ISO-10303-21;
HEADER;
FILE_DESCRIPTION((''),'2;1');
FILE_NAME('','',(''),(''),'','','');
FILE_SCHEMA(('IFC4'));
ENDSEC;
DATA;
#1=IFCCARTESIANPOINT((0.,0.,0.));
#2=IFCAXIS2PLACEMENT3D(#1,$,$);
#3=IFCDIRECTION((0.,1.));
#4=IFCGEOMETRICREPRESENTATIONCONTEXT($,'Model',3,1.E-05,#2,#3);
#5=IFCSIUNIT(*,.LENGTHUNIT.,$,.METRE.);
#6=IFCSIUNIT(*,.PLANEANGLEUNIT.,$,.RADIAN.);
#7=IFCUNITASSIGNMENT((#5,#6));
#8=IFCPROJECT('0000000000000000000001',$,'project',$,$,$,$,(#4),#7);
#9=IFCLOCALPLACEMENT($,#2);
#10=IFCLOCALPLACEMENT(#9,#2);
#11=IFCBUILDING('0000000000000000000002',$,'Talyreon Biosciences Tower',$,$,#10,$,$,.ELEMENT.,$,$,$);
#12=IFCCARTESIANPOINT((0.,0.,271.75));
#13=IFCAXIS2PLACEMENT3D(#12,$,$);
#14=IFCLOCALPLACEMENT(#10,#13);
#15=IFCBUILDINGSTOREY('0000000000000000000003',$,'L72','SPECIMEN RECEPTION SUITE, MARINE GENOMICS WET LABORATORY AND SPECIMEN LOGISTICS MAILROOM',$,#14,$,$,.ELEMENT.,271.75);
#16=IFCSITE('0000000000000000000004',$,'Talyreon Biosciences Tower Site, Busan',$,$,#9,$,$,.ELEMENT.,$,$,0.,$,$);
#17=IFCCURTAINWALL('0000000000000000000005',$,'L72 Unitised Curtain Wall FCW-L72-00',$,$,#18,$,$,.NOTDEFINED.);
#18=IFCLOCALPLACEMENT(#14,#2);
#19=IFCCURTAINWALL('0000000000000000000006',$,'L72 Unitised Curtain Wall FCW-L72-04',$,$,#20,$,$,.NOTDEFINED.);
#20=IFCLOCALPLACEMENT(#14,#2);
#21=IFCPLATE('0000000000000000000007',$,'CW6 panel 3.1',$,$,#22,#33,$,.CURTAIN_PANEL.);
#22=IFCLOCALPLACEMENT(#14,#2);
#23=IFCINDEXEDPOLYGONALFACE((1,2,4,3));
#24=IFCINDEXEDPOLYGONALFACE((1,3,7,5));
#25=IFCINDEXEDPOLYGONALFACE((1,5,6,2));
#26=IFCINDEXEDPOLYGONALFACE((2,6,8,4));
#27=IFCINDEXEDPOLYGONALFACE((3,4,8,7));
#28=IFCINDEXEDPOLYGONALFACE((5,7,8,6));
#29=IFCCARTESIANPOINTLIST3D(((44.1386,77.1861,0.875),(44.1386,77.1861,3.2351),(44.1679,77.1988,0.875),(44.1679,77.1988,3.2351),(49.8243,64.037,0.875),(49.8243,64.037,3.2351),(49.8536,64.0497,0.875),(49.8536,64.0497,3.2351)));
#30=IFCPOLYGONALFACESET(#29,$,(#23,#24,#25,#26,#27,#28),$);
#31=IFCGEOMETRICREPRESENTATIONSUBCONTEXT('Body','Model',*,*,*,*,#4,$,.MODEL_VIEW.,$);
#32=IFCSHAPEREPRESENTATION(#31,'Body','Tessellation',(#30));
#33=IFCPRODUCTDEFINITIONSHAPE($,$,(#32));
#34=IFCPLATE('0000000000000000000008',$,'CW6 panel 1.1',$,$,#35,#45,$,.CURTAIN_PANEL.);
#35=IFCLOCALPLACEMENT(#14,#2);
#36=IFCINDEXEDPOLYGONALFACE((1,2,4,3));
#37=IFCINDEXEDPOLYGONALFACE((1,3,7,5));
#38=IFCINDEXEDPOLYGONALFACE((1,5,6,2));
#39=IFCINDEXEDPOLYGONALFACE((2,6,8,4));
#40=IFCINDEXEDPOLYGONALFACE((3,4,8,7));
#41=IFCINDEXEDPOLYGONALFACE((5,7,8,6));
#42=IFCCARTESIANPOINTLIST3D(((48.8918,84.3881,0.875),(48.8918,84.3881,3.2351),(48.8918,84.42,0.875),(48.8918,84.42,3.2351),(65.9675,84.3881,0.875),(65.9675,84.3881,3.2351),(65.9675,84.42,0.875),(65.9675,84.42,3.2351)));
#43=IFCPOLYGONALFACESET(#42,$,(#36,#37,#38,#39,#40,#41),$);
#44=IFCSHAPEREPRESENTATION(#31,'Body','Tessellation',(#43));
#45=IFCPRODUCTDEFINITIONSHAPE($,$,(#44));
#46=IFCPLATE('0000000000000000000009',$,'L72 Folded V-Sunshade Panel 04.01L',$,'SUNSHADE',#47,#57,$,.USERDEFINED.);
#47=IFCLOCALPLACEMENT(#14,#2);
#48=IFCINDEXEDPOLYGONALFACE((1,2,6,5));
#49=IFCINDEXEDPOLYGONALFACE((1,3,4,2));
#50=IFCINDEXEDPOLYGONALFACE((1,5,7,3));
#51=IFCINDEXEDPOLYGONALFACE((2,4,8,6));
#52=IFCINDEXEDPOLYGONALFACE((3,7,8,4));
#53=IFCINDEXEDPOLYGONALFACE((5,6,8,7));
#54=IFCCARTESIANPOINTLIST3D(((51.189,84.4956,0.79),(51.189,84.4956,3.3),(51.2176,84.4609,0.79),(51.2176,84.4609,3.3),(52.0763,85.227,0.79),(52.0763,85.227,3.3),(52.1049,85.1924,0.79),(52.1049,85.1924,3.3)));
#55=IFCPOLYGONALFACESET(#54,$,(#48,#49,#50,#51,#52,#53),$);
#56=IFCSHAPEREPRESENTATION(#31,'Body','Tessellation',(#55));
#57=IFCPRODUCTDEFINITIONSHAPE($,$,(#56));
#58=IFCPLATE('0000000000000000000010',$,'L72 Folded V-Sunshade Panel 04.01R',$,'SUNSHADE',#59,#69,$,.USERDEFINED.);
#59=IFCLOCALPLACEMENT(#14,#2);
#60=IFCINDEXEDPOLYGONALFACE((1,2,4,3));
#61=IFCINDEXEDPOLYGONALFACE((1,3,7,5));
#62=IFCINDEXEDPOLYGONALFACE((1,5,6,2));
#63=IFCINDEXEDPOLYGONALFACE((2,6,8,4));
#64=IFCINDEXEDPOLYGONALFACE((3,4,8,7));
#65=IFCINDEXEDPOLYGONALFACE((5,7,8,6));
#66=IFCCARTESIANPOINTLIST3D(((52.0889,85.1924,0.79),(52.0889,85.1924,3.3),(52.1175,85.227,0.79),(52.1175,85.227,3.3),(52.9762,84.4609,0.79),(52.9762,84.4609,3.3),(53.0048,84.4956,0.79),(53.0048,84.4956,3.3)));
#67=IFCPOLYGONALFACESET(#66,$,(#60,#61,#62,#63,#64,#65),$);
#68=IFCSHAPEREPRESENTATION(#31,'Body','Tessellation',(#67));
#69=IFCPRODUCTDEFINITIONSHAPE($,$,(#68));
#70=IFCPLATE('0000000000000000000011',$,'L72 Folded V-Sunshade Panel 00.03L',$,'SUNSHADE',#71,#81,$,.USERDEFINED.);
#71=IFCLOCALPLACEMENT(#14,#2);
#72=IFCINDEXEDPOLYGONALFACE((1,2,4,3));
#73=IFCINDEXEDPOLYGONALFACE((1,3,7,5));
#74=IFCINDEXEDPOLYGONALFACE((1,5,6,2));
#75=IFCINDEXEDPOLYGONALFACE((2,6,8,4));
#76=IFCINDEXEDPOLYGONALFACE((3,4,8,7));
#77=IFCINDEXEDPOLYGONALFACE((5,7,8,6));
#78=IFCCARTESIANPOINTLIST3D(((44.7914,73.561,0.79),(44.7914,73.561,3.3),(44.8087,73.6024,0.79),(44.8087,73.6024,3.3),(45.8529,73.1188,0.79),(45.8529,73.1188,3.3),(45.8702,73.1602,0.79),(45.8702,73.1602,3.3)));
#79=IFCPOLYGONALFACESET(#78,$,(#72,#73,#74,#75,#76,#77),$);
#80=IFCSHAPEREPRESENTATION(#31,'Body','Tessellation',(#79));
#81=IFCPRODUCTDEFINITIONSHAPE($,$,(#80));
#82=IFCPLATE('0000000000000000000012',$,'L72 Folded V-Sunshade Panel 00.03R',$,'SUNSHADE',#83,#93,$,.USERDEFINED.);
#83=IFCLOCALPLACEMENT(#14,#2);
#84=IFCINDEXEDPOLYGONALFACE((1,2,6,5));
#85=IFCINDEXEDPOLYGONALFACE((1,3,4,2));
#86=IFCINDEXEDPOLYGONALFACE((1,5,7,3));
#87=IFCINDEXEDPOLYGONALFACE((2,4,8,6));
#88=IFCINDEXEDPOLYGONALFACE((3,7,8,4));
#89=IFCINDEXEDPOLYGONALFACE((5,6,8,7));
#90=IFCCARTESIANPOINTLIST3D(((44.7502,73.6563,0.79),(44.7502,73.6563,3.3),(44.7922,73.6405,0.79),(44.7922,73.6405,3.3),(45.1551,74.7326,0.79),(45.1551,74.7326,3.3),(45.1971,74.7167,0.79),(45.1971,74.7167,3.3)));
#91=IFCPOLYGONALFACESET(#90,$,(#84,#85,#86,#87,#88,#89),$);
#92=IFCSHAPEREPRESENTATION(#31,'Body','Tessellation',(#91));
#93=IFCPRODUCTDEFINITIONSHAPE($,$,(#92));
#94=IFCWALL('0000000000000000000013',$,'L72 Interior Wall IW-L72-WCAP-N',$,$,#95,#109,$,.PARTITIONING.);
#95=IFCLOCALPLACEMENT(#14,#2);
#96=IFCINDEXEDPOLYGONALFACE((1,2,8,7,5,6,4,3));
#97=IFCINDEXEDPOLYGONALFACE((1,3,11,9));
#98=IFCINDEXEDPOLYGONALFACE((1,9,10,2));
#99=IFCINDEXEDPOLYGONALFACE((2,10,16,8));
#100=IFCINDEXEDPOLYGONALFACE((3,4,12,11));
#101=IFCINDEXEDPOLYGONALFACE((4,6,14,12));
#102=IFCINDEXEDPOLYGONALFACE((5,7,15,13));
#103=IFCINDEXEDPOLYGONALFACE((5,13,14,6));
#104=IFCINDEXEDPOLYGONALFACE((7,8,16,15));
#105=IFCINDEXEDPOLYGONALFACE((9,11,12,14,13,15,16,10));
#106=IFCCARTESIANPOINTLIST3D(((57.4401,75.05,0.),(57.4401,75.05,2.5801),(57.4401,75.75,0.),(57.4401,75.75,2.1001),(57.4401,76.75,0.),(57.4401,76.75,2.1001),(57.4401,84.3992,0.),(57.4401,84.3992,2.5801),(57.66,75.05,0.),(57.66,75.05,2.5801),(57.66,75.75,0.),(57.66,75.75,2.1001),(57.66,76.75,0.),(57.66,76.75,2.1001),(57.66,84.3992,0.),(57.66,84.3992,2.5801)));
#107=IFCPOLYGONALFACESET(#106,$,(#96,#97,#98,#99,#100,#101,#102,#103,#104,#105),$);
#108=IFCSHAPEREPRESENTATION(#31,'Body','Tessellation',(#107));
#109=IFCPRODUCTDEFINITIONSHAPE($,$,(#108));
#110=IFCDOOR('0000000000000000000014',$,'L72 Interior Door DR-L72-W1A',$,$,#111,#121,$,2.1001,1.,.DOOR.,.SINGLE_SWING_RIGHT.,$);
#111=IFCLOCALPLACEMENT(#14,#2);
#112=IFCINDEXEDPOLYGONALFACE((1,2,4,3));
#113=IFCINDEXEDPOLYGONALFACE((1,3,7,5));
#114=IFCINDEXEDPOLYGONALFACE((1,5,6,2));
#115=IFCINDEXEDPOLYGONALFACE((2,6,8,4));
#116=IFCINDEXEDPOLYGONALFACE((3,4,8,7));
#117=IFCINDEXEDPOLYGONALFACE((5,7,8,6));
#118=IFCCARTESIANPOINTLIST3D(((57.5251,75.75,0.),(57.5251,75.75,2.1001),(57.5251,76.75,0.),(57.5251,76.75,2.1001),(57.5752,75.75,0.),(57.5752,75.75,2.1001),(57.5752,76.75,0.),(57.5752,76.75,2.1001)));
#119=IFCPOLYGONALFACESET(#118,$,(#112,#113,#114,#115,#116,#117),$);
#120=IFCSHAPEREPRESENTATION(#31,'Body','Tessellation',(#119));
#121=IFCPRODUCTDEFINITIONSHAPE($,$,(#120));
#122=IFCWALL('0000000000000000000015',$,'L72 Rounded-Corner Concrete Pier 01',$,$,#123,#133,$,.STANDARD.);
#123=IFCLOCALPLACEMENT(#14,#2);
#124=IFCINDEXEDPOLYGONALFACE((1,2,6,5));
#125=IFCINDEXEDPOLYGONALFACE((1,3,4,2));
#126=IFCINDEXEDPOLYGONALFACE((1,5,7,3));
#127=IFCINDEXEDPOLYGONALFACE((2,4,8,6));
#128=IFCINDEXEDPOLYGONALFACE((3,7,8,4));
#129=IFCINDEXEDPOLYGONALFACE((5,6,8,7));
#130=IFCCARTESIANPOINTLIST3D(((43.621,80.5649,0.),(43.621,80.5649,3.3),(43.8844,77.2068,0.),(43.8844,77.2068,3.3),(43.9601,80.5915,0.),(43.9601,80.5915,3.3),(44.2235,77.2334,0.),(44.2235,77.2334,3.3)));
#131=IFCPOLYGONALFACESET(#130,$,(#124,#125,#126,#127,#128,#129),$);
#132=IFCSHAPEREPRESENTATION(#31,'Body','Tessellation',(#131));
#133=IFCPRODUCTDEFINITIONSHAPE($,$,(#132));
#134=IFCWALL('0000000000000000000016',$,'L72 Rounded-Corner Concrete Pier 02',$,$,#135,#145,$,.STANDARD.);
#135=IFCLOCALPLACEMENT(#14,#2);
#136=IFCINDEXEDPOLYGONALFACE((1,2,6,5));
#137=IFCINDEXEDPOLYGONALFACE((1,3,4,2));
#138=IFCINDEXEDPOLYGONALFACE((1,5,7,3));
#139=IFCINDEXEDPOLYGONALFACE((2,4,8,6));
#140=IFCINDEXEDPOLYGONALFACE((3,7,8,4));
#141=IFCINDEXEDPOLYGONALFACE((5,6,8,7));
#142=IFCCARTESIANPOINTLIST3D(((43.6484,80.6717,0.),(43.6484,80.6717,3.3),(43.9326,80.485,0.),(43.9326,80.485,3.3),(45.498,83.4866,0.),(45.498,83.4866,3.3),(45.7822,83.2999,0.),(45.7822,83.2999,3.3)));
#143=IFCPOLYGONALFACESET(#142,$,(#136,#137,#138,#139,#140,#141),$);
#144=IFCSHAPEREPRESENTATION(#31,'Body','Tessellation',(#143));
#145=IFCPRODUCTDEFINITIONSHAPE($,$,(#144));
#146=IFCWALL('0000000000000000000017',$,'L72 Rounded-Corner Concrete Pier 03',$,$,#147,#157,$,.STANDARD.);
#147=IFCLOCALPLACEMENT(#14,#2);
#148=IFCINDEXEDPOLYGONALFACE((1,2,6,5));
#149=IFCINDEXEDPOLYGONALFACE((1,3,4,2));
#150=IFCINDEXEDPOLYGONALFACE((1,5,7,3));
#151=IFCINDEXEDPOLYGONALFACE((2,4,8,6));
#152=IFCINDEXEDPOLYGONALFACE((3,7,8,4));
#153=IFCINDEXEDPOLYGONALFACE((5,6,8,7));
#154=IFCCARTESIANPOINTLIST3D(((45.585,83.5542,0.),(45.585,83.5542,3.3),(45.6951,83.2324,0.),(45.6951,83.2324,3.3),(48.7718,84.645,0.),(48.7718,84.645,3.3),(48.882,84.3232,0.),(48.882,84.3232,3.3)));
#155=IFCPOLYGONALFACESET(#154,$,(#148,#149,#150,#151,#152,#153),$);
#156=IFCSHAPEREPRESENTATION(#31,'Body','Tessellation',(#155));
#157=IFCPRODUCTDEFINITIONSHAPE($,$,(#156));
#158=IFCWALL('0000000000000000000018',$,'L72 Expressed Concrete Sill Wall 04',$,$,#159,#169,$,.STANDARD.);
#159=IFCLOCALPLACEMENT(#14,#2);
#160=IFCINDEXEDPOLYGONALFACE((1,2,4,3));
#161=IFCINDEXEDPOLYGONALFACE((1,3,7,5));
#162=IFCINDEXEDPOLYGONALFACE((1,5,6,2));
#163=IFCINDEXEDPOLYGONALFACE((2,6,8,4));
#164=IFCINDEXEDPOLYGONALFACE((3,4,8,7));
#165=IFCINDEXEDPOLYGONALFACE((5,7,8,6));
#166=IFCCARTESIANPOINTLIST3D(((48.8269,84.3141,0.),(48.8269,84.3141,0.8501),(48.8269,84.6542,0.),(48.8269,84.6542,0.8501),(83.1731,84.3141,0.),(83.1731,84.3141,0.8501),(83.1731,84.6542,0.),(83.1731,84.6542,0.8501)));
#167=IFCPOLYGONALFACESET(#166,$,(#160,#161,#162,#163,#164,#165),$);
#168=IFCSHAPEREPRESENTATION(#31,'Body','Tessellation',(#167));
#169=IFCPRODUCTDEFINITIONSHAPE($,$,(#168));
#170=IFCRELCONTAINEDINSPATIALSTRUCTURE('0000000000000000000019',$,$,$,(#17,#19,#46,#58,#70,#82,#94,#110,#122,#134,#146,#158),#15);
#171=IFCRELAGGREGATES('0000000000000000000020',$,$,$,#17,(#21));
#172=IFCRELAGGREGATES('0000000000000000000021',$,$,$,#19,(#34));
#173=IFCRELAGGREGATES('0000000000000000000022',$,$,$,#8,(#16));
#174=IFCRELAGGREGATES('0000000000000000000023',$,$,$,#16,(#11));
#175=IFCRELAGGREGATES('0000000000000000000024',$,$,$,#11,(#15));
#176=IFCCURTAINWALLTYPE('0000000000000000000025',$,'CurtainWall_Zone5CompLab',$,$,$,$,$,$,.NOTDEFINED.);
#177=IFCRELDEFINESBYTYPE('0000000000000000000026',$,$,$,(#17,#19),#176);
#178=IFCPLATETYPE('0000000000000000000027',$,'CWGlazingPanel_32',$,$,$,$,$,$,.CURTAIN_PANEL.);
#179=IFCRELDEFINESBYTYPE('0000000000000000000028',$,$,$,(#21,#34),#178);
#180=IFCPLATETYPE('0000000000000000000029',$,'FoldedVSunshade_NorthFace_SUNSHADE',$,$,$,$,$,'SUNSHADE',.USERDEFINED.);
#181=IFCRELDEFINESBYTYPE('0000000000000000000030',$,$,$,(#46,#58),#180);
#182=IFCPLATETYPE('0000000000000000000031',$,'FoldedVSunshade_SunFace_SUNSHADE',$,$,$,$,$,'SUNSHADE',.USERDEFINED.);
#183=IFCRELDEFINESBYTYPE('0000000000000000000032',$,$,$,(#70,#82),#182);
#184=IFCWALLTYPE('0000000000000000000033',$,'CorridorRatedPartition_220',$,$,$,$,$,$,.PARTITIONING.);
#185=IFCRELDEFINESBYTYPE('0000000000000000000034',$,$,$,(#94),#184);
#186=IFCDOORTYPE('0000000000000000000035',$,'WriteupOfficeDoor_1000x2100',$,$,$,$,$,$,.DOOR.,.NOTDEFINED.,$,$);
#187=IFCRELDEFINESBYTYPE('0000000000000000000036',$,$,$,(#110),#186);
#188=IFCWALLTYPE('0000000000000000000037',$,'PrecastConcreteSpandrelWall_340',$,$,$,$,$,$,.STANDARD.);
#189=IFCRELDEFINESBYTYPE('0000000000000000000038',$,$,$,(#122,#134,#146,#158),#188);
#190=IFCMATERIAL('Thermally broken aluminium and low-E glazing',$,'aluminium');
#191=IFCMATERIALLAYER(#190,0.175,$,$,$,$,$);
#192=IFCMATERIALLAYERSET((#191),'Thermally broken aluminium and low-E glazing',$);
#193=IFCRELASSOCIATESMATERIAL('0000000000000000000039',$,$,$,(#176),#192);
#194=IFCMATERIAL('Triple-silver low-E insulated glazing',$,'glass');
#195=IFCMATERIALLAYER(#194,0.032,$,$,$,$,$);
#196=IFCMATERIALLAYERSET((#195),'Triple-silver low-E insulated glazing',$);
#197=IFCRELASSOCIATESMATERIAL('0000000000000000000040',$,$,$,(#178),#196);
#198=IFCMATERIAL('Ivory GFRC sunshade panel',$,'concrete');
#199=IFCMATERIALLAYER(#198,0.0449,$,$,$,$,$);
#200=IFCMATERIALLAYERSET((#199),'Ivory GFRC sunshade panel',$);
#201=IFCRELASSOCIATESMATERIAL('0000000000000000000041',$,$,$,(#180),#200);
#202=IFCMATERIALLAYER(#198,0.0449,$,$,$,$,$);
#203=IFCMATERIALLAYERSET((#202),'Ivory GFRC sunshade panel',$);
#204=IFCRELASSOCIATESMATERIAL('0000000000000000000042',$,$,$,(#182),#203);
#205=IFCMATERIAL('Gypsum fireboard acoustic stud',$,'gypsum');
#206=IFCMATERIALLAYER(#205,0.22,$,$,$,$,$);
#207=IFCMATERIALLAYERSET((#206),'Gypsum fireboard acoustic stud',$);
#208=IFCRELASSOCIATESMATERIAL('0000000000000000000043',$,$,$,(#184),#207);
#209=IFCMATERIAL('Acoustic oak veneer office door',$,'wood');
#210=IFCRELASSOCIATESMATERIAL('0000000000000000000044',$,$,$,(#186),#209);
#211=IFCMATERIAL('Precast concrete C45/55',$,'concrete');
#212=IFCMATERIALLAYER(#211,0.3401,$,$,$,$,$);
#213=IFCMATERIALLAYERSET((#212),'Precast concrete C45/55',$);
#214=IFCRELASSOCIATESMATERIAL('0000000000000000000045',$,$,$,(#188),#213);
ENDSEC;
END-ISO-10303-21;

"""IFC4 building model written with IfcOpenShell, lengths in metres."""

from ifc_helpers import new_model, si_unit, direction, frame, frame_2d, origin, origin_2d, place, context, subcontext, project, spatial, rectangle, extrude, material, layer, layer_set, type_object, element, fill, aggregate, save


model = new_model("IFC4")

# Units and contexts
model_context = context("Model", 3, precision=1e-05, world=origin(), true_north=direction((0.0, 1.0)))
body_context = subcontext(model_context, "Body", "Model", "MODEL_VIEW")
ifc_project = project(units=[si_unit("LENGTHUNIT", "METRE"), si_unit("PLANEANGLEUNIT", "RADIAN")], contexts=[model_context])

# Site, building, storey
site_placement = place(None, origin())
site = spatial("IfcSite", under=ifc_project, at=site_placement, Name="Talyreon Biosciences Tower Site, Busan", CompositionType="ELEMENT", RefElevation=0.0)
building_placement = place(site_placement, origin())
building = spatial("IfcBuilding", under=site, at=building_placement, Name="Talyreon Biosciences Tower", CompositionType="ELEMENT")
storey_placement = place(building_placement, frame((0.0, 0.0, 271.75)))
storey = spatial("IfcBuildingStorey", under=building, at=storey_placement, Name="L72", Description="SPECIMEN RECEPTION SUITE, MARINE GENOMICS WET LABORATORY AND SPECIMEN LOGISTICS MAILROOM", CompositionType="ELEMENT", Elevation=271.75)

# Curtain wall
ifc_material_1 = material(Name="Thermally broken aluminium and low-E glazing", Category="aluminium")
ifc_layer_1 = layer(ifc_material_1, 0.175)
ifc_layer_set_1 = layer_set([ifc_layer_1], Name="Thermally broken aluminium and low-E glazing")
curtain_wall_type = type_object("IfcCurtainWallType", Name="CurtainWall_Zone5CompLab", PredefinedType="NOTDEFINED", material=ifc_layer_set_1)
curtain_wall_1_placement = place(storey_placement, origin())
curtain_wall_1 = element("IfcCurtainWall", 1, at=curtain_wall_1_placement, inside=storey, type_object=curtain_wall_type, Name="L72 Unitised Curtain Wall FCW-L72-00", PredefinedType="NOTDEFINED")

# Curtain wall
curtain_wall_2_placement = place(storey_placement, origin())
curtain_wall_2 = element("IfcCurtainWall", 2, at=curtain_wall_2_placement, inside=storey, type_object=curtain_wall_type, Name="L72 Unitised Curtain Wall FCW-L72-04", PredefinedType="NOTDEFINED")

# Shared definitions
ifc_material_2 = material(Name="Precast concrete C45/55", Category="concrete")

# Plates
ifc_material_3 = material(Name="Triple-silver low-E insulated glazing", Category="glass")
ifc_layer_2 = layer(ifc_material_3, 0.032)
ifc_layer_set_2 = layer_set([ifc_layer_2], Name="Triple-silver low-E insulated glazing")
plate_type_1 = type_object("IfcPlateType", Name="CWGlazingPanel_32", PredefinedType="CURTAIN_PANEL", material=ifc_layer_set_2)
plate_1_placement = place(storey_placement, frame((46.9961, 70.6179, 0.875), z_axis=(0.0, 0.0, 1.0), x_axis=(-0.396887, 0.917868, 0.0)))
plate_1 = element("IfcPlate", 3, at=plate_1_placement, type_object=plate_type_1, Name="CW6 panel 3.1", PredefinedType="CURTAIN_PANEL", context=body_context, shape_type="SweptSolid", body=[
    extrude(rectangle(XDim=14.3257, YDim=0.032, at=origin_2d()), origin(), (0.0, 0.0, 1.0), 2.3601),
])
aggregate(curtain_wall_1, [plate_1])
plate_2_placement = place(storey_placement, frame((57.4297, 84.4041, 0.875), z_axis=(0.0, 0.0, 1.0), x_axis=(1.0, 0.0, 0.0)))
plate_2 = element("IfcPlate", 4, at=plate_2_placement, type_object=plate_type_1, Name="CW6 panel 1.1", PredefinedType="CURTAIN_PANEL", context=body_context, shape_type="SweptSolid", body=[
    extrude(rectangle(XDim=17.0757, YDim=0.032, at=origin_2d()), origin(), (0.0, 0.0, 1.0), 2.3601),
])
aggregate(curtain_wall_2, [plate_2])

# Plates
ifc_material_4 = material(Name="Ivory GFRC sunshade panel", Category="concrete")
ifc_layer_3 = layer(ifc_material_4, 0.0449)
ifc_layer_set_3 = layer_set([ifc_layer_3], Name="Ivory GFRC sunshade panel")
plate_type_2 = type_object("IfcPlateType", Name="FoldedVSunshade_NorthFace_SUNSHADE", ElementType="SUNSHADE", PredefinedType="USERDEFINED", material=ifc_layer_set_3)
for number, where, z_axis, x_axis, name in (
    (5, (51.647, 84.844, 0.79), (0.0, 0.0, 1.0), (0.771625, 0.636078, 0.0), "L72 Folded V-Sunshade Panel 04.01L"),
    (6, (52.5469, 84.844, 0.79), (0.0, 0.0, 1.0), (0.771625, -0.636078, 0.0), "L72 Folded V-Sunshade Panel 04.01R"),
):
    element("IfcPlate", number, at=place(storey_placement, frame(where, z_axis=z_axis, x_axis=x_axis)), inside=storey, type_object=plate_type_2, Name=name, ObjectType="SUNSHADE", PredefinedType="USERDEFINED", context=body_context, shape_type="SweptSolid", body=[
        extrude(rectangle(XDim=1.1499, YDim=0.0449, at=origin_2d()), origin(), (0.0, 0.0, 1.0), 2.51),
    ])
ifc_layer_4 = layer(ifc_material_4, 0.0449)
ifc_layer_set_4 = layer_set([ifc_layer_4], Name="Ivory GFRC sunshade panel")
plate_type_3 = type_object("IfcPlateType", Name="FoldedVSunshade_SunFace_SUNSHADE", ElementType="SUNSHADE", PredefinedType="USERDEFINED", material=ifc_layer_set_4)
for number, where, z_axis, x_axis, name in (
    (7, (45.3308, 73.3606, 0.79), (0.0, 0.0, 1.0), (-0.923103, 0.384553, 0.0), "L72 Folded V-Sunshade Panel 00.03L"),
    (8, (44.9736, 74.1865, 0.79), (0.0, 0.0, 1.0), (0.352103, 0.935961, 0.0), "L72 Folded V-Sunshade Panel 00.03R"),
):
    element("IfcPlate", number, at=place(storey_placement, frame(where, z_axis=z_axis, x_axis=x_axis)), inside=storey, type_object=plate_type_3, Name=name, ObjectType="SUNSHADE", PredefinedType="USERDEFINED", context=body_context, shape_type="SweptSolid", body=[
        extrude(rectangle(XDim=1.1499, YDim=0.0449, at=origin_2d()), origin(), (0.0, 0.0, 1.0), 2.51),
    ])

# Wall, opening, door
ifc_material_5 = material(Name="Gypsum fireboard acoustic stud", Category="gypsum")
ifc_layer_5 = layer(ifc_material_5, 0.22)
ifc_layer_set_5 = layer_set([ifc_layer_5], Name="Gypsum fireboard acoustic stud")
wall_type_1 = type_object("IfcWallType", Name="CorridorRatedPartition_220", PredefinedType="PARTITIONING", material=ifc_layer_set_5)
wall_1_placement = place(storey_placement, frame((57.55, 75.05, 0.0), z_axis=(0.0, 0.0, 1.0), x_axis=(0.0, 1.0, 0.0)))
wall_1 = element("IfcWall", 9, at=wall_1_placement, inside=storey, type_object=wall_type_1, Name="L72 Interior Wall IW-L72-WCAP-N", PredefinedType="PARTITIONING", context=body_context, shape_type="SweptSolid", body=[
    extrude(rectangle(XDim=9.3491, YDim=0.22, at=frame_2d((4.6746, 0.0))), origin(), (0.0, 0.0, 1.0), 2.5801),
])
opening_placement = place(wall_1_placement, frame((0.7, 0.0, 0.0)))
opening = element("IfcOpeningElement", 10, at=opening_placement, cuts=wall_1, PredefinedType="OPENING", context=body_context, shape_type="SweptSolid", body=[
    extrude(rectangle(XDim=1.0, YDim=2.1001, at=frame_2d((0.5, 1.05))), frame((0.0, 0.1199, 0.0), z_axis=(0.0, -1.0, 0.0), x_axis=(1.0, 0.0, 0.0)), (0.0, 0.0, 1.0), 0.24),
])
ifc_material_6 = material(Name="Acoustic oak veneer office door", Category="wood")
door_type = type_object("IfcDoorType", Name="WriteupOfficeDoor_1000x2100", OperationType="NOTDEFINED", PredefinedType="DOOR", material=ifc_material_6)
door_placement = place(opening_placement, origin())
door = element("IfcDoor", 11, at=door_placement, inside=storey, type_object=door_type, Name="L72 Interior Door DR-L72-W1A", OperationType="SINGLE_SWING_RIGHT", OverallHeight=2.1001, OverallWidth=1.0, PredefinedType="DOOR", context=body_context, shape_type="SweptSolid", body=[
    extrude(rectangle(XDim=1.0, YDim=2.1001, at=frame_2d((0.5, 1.05))), frame((0.0, 0.0249, 0.0), z_axis=(0.0, -1.0, 0.0), x_axis=(1.0, 0.0, 0.0)), (0.0, 0.0, 1.0), 0.05),
])
fill(opening, door)

# Walls
ifc_layer_6 = layer(ifc_material_2, 0.3401)
ifc_layer_set_6 = layer_set([ifc_layer_6], Name="Precast concrete C45/55")
wall_type_2 = type_object("IfcWallType", Name="PrecastConcreteSpandrelWall_340", PredefinedType="STANDARD", material=ifc_layer_set_6)
wall_2_placement = place(storey_placement, frame((44.054, 77.2202, 0.0), z_axis=(0.0, 0.0, 1.0), x_axis=(-0.078204, 0.996937, 0.0)))
element("IfcWall", 12, at=wall_2_placement, inside=storey, type_object=wall_type_2, Name="L72 Rounded-Corner Concrete Pier 01", PredefinedType="STANDARD", context=body_context, shape_type="SweptSolid", body=[
    extrude(rectangle(XDim=3.3684, YDim=0.3401, at=frame_2d((1.6841, 0.0))), origin(), (0.0, 0.0, 1.0), 3.3),
])
wall_3_placement = place(storey_placement, frame((43.7905, 80.5784, 0.0), z_axis=(0.0, 0.0, 1.0), x_axis=(0.549134, 0.835734, 0.0)))
element("IfcWall", 13, at=wall_3_placement, inside=storey, type_object=wall_type_2, Name="L72 Rounded-Corner Concrete Pier 02", PredefinedType="STANDARD", context=body_context, shape_type="SweptSolid", body=[
    extrude(rectangle(XDim=3.3682, YDim=0.3401, at=frame_2d((1.6841, 0.0))), origin(), (0.0, 0.0, 1.0), 3.3),
])
wall_4_placement = place(storey_placement, frame((45.6401, 83.3933, 0.0), z_axis=(0.0, 0.0, 1.0), x_axis=(0.946108, 0.32385, 0.0)))
element("IfcWall", 14, at=wall_4_placement, inside=storey, type_object=wall_type_2, Name="L72 Rounded-Corner Concrete Pier 03", PredefinedType="STANDARD", context=body_context, shape_type="SweptSolid", body=[
    extrude(rectangle(XDim=3.3684, YDim=0.3401, at=frame_2d((1.6841, 0.0))), origin(), (0.0, 0.0, 1.0), 3.3),
])
wall_5_placement = place(storey_placement, frame((48.8269, 84.4841, 0.0), z_axis=(0.0, 0.0, 1.0), x_axis=(1.0, 0.0, 0.0)))
element("IfcWall", 15, at=wall_5_placement, inside=storey, type_object=wall_type_2, Name="L72 Expressed Concrete Sill Wall 04", PredefinedType="STANDARD", context=body_context, shape_type="SweptSolid", body=[
    extrude(rectangle(XDim=34.3462, YDim=0.3401, at=frame_2d((17.1731, 0.0))), origin(), (0.0, 0.0, 1.0), 0.8501),
])

save(model, "model.ifc")
